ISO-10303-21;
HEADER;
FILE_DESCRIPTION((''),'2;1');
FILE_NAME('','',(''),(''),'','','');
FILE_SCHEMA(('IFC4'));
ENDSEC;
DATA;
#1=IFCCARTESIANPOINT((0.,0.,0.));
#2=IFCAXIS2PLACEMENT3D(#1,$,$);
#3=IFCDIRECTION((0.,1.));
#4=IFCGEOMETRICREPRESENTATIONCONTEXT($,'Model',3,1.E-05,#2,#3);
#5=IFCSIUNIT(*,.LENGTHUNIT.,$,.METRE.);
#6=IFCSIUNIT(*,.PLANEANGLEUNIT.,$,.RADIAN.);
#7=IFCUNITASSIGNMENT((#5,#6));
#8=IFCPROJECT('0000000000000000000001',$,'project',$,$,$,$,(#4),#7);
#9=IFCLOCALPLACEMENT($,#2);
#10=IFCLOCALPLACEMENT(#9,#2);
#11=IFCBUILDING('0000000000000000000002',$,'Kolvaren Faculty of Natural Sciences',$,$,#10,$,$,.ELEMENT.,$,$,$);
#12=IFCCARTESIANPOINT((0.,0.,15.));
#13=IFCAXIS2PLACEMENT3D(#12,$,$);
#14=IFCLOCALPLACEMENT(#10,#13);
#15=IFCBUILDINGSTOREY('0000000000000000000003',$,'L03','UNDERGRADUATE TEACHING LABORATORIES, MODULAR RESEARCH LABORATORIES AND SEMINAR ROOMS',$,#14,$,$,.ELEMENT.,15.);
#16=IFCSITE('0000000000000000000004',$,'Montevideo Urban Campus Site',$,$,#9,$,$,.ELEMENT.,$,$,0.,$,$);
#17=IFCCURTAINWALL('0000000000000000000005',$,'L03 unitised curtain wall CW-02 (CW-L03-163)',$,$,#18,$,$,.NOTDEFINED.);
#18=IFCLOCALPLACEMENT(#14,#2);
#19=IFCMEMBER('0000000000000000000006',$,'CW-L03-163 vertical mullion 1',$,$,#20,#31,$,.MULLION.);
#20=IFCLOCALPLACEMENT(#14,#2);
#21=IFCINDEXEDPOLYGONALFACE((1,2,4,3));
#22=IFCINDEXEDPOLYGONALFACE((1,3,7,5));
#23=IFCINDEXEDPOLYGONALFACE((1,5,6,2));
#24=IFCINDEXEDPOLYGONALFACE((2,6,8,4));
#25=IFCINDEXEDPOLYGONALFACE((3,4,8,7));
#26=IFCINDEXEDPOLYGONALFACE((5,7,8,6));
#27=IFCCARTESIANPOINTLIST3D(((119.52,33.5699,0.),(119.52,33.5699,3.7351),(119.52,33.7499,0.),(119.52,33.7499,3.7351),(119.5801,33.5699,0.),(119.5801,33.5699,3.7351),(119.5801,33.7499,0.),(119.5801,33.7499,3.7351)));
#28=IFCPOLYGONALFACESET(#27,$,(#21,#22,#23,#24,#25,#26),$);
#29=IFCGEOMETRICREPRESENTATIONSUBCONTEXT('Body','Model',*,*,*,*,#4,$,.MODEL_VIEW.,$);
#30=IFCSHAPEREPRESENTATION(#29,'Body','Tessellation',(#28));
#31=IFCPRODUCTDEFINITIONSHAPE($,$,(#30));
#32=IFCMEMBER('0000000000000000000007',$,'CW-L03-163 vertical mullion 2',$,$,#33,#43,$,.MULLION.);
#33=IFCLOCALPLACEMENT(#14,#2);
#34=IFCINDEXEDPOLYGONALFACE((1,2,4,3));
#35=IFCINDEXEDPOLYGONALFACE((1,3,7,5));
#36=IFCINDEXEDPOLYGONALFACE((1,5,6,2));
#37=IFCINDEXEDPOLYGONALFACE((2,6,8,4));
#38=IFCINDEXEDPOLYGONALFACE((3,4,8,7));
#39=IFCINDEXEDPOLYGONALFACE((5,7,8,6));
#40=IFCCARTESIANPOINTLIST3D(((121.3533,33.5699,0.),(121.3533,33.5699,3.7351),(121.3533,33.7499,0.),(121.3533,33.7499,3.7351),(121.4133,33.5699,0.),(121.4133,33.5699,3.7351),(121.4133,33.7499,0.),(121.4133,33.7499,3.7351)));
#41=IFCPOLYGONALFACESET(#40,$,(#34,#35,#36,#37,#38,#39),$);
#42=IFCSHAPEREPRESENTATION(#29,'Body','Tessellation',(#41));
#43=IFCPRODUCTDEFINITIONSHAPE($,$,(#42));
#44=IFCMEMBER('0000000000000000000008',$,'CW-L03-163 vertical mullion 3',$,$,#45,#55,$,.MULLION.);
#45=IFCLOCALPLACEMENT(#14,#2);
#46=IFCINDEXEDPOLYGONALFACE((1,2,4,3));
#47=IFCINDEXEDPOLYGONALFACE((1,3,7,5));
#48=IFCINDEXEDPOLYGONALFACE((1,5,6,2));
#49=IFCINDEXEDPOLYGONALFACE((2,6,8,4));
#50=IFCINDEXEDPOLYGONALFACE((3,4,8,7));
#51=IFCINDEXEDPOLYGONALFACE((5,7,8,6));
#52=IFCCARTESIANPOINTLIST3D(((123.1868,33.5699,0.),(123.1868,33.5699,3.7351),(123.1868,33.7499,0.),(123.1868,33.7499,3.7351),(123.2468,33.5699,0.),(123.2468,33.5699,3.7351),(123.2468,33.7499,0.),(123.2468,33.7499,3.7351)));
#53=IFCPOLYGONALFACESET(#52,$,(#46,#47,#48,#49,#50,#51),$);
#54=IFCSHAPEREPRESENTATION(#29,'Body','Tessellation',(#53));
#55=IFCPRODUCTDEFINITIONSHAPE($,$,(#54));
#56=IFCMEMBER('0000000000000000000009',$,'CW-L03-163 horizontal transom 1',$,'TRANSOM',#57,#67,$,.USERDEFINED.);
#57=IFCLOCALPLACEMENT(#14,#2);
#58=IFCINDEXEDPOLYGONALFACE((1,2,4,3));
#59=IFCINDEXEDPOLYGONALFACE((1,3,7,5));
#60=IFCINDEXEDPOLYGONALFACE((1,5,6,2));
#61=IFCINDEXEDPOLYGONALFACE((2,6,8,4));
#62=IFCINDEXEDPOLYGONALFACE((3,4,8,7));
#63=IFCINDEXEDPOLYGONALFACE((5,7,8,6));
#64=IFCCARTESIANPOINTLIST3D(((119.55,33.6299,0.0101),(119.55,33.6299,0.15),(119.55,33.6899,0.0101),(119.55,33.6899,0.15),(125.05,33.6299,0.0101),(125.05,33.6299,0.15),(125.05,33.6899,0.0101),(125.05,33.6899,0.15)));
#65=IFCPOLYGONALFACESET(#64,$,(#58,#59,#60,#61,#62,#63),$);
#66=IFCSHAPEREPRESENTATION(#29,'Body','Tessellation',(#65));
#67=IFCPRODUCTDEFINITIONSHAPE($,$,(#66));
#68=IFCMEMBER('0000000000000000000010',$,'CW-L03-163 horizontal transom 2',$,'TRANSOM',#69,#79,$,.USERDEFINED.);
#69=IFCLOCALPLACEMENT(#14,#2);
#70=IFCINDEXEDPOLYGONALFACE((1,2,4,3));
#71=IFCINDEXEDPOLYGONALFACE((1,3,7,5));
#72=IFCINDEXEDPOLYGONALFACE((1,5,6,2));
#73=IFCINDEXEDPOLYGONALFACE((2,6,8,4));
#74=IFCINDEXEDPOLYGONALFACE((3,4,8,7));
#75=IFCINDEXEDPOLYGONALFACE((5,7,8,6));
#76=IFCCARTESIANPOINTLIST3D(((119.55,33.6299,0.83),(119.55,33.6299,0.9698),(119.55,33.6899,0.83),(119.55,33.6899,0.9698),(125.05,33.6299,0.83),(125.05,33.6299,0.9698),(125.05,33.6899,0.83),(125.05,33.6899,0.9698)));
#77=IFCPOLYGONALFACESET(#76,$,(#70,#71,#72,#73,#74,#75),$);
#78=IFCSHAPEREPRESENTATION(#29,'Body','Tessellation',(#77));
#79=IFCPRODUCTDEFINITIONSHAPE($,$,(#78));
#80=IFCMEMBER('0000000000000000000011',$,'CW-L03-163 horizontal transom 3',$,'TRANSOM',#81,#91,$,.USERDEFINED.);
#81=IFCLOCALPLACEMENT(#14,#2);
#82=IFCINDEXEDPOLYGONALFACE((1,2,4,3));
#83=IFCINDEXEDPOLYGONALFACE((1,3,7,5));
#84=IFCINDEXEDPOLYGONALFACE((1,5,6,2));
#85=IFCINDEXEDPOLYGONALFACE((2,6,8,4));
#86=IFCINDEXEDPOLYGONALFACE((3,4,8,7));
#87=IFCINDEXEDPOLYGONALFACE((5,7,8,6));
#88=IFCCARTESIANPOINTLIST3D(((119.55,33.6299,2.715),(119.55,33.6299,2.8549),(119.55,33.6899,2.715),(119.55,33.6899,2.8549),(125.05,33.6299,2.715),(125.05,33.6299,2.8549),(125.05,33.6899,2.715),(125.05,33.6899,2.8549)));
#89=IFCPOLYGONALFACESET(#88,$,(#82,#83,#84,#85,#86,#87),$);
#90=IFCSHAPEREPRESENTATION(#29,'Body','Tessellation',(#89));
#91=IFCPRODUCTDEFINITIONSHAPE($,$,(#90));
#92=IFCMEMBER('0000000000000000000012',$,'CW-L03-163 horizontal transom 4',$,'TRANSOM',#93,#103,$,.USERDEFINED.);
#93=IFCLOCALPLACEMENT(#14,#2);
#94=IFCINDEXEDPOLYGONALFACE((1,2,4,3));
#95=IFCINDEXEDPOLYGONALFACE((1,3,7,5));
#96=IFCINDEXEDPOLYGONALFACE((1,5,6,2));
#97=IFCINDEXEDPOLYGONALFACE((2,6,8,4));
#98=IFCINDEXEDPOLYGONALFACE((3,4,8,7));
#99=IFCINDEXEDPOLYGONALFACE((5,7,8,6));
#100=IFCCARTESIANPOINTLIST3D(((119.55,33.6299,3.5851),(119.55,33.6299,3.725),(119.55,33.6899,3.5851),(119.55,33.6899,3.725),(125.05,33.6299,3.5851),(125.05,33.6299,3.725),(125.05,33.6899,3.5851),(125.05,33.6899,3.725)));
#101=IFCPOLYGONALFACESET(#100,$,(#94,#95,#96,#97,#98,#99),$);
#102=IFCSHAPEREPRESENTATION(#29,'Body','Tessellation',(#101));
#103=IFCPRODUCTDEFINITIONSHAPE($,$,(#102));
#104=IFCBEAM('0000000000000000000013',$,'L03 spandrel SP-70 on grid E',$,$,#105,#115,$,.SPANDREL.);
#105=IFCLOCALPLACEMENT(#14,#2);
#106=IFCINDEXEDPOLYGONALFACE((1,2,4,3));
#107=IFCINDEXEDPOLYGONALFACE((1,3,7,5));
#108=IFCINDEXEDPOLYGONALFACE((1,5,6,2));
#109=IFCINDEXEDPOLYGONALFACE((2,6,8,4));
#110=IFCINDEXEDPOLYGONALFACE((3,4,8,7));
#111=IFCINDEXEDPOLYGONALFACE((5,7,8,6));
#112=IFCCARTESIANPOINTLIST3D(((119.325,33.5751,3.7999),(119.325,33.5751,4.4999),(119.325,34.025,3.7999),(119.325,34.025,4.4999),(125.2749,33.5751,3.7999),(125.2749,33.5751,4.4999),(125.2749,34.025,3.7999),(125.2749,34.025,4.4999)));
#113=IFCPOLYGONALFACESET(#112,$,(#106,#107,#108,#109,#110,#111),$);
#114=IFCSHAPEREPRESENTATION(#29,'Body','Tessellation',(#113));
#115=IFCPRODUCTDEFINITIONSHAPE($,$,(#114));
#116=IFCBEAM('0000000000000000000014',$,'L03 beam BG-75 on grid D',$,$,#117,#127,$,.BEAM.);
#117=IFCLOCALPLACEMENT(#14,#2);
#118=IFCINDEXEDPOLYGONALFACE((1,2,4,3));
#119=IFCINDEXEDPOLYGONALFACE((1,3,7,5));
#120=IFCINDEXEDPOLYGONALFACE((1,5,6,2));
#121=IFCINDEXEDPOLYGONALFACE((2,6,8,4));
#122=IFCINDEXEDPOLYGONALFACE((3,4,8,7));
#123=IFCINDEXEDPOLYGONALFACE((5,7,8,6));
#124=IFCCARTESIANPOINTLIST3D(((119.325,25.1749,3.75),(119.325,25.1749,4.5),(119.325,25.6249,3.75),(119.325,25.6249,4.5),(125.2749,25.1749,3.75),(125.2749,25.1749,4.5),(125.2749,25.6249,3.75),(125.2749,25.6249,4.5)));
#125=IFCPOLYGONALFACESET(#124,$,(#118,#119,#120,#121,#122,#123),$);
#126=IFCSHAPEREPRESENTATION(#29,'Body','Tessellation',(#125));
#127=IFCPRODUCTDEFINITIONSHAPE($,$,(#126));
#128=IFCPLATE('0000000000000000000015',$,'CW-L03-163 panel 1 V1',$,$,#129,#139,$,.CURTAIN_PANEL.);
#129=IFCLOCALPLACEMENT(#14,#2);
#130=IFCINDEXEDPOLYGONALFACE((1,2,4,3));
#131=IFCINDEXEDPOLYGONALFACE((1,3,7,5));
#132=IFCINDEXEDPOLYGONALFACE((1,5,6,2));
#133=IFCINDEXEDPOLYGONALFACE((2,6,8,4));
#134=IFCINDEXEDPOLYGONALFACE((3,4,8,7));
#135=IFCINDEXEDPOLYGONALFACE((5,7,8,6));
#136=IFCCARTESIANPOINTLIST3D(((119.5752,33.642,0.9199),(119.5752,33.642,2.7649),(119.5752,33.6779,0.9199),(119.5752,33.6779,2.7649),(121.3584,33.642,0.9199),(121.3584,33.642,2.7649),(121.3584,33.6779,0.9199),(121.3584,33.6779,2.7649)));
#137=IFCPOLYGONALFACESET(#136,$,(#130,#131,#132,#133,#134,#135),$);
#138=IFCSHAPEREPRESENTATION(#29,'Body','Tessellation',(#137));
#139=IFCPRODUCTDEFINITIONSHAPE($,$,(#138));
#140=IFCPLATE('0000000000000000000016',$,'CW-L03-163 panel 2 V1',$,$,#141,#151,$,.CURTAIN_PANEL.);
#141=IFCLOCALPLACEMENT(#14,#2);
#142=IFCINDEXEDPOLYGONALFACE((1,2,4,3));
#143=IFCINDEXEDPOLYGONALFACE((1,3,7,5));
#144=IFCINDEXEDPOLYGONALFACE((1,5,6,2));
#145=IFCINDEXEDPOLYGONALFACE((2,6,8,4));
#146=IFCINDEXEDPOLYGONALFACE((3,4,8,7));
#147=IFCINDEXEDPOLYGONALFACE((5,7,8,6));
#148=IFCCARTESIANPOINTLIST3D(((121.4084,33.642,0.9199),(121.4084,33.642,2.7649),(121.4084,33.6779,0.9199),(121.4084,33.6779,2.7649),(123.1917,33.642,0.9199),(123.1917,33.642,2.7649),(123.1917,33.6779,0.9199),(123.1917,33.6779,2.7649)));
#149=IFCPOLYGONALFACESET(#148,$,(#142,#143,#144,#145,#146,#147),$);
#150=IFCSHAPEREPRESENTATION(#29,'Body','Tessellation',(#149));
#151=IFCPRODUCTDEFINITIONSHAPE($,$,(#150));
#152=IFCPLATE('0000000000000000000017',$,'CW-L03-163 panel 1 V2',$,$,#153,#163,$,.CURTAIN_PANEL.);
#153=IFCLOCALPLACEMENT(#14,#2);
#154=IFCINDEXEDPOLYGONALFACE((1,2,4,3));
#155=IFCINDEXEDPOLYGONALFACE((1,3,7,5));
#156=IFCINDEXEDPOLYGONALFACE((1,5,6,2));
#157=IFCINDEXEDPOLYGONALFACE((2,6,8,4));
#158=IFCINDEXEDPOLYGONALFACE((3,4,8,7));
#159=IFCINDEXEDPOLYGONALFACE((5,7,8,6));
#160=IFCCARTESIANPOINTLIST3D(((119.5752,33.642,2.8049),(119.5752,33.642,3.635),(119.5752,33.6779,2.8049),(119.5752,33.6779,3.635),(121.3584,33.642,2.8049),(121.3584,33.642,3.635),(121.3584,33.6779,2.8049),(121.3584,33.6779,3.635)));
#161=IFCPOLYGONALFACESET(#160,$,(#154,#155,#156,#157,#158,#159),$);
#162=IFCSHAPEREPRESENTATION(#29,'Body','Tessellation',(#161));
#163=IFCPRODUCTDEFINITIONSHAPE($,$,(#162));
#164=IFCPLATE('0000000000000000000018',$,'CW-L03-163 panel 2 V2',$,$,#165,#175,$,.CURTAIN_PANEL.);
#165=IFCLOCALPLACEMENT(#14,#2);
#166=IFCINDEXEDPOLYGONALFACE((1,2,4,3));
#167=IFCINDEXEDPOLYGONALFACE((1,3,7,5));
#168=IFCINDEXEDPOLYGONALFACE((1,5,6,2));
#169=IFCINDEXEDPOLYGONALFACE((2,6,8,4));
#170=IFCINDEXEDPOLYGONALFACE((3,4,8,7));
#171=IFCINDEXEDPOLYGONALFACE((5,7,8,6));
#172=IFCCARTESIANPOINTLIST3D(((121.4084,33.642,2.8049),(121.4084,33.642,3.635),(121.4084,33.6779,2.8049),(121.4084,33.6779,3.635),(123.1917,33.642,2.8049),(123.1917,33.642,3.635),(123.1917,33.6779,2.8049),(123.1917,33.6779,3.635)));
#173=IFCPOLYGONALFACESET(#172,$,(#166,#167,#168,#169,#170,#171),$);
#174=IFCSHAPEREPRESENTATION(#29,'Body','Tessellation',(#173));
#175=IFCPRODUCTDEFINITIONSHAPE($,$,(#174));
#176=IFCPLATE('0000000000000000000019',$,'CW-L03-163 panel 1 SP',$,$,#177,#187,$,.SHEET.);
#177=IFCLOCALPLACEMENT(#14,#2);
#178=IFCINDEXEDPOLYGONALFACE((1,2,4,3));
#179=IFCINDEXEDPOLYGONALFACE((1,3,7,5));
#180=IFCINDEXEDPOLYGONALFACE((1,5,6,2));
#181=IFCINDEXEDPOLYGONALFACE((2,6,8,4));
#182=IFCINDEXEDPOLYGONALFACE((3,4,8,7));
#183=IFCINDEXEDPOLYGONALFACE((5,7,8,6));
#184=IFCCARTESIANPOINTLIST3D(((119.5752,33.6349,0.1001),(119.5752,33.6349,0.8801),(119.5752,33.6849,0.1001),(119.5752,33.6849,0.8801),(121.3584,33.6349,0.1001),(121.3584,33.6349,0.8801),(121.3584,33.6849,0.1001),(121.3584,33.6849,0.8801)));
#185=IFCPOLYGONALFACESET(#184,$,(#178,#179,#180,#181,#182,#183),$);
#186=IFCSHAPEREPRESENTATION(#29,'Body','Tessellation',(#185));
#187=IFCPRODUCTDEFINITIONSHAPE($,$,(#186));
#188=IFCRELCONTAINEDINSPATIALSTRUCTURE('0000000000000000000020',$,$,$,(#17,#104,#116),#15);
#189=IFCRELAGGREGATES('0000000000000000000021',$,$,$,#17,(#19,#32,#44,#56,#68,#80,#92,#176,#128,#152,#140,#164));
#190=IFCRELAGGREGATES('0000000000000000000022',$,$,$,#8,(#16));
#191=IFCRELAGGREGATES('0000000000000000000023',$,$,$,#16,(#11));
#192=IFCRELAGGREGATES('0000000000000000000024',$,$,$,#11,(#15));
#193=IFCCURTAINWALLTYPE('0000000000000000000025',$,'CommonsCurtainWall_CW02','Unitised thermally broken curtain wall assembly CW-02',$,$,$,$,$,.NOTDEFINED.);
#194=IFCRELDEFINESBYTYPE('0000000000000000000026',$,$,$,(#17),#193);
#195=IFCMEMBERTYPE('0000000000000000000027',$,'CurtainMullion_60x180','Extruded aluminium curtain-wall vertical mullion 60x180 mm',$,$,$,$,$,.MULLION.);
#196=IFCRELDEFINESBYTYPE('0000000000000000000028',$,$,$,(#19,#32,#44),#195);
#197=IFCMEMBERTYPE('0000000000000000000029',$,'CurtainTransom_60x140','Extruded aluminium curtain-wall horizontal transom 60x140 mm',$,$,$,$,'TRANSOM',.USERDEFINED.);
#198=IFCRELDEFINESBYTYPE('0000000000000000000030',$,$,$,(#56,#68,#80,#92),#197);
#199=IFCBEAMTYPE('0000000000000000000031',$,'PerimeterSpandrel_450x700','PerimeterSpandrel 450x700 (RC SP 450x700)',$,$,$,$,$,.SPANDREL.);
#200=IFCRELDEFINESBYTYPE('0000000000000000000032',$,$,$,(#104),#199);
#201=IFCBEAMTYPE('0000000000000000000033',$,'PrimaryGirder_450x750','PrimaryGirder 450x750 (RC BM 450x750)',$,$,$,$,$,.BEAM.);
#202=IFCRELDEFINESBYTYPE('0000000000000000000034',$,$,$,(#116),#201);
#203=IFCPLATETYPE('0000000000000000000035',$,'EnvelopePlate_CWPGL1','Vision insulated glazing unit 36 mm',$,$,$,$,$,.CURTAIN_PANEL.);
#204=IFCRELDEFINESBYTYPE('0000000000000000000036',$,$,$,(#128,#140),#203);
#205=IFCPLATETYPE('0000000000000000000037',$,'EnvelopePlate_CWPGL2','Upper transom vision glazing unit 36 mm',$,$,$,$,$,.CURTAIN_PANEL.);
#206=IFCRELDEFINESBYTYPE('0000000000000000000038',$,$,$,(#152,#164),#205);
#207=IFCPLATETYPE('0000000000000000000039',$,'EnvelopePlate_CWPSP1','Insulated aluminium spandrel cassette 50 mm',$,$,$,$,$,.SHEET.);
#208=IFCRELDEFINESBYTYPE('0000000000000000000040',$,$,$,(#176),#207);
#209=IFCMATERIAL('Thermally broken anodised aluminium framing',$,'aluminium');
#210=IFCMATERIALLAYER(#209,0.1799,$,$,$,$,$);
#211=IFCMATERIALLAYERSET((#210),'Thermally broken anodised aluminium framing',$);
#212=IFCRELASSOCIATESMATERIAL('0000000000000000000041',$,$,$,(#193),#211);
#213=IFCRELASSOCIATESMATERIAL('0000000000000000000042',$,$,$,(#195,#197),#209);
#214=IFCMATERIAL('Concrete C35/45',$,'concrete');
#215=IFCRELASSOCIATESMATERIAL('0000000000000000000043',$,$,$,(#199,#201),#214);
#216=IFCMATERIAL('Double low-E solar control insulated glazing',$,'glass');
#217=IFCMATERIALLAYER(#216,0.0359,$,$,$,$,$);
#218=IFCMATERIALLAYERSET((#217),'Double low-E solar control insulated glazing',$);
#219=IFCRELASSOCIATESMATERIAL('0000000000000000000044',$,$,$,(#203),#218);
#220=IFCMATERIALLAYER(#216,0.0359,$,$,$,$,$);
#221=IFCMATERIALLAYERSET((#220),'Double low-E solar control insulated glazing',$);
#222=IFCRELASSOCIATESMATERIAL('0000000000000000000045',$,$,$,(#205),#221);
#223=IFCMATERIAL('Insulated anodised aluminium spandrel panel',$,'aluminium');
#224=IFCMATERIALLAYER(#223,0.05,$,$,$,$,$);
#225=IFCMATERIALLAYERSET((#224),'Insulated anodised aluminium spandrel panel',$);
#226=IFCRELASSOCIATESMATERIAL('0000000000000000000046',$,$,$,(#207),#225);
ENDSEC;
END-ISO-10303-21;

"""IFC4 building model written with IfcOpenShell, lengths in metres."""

from ifc_helpers import new_model, si_unit, direction, frame, origin, origin_2d, place, context, subcontext, project, spatial, rectangle, extrude, material, layer, layer_set, material_profile, profile_set, type_object, element, aggregate, save


model = new_model("IFC4")

# Units and contexts
model_context = context("Model", 3, precision=1e-05, world=origin(), true_north=direction((0.0, 1.0)))
body_context = subcontext(model_context, "Body", "Model", "MODEL_VIEW")
ifc_project = project(units=[si_unit("LENGTHUNIT", "METRE"), si_unit("PLANEANGLEUNIT", "RADIAN")], contexts=[model_context])

# Site, building, storey
site_placement = place(None, origin())
site = spatial("IfcSite", under=ifc_project, at=site_placement, Name="Montevideo Urban Campus Site", CompositionType="ELEMENT", RefElevation=0.0)
building_placement = place(site_placement, origin())
building = spatial("IfcBuilding", under=site, at=building_placement, Name="Kolvaren Faculty of Natural Sciences", CompositionType="ELEMENT")
storey_placement = place(building_placement, frame((0.0, 0.0, 15.0)))
storey = spatial("IfcBuildingStorey", under=building, at=storey_placement, Name="L03", Description="UNDERGRADUATE TEACHING LABORATORIES, MODULAR RESEARCH LABORATORIES AND SEMINAR ROOMS", CompositionType="ELEMENT", Elevation=15.0)

# Curtain wall, members
ifc_material_1 = material(Name="Thermally broken anodised aluminium framing", Category="aluminium")
ifc_layer_1 = layer(ifc_material_1, 0.1799)
ifc_layer_set_1 = layer_set([ifc_layer_1], Name="Thermally broken anodised aluminium framing")
curtain_wall_type = type_object("IfcCurtainWallType", Name="CommonsCurtainWall_CW02", Description="Unitised thermally broken curtain wall assembly CW-02", PredefinedType="NOTDEFINED", material=ifc_layer_set_1)
curtain_wall_placement = place(storey_placement, origin())
curtain_wall = element("IfcCurtainWall", 1, at=curtain_wall_placement, inside=storey, type_object=curtain_wall_type, Name="L03 unitised curtain wall CW-02 (CW-L03-163)", PredefinedType="NOTDEFINED")
ifc_material_profile_1 = material_profile(ifc_material_1, rectangle(XDim=0.0601, YDim=0.1799, at=origin_2d()), Name="ALU MUL 60x180")
ifc_profile_set_1 = profile_set([ifc_material_profile_1], Name="Thermally broken anodised aluminium framing")
member_type_1 = type_object("IfcMemberType", Name="CurtainMullion_60x180", Description="Extruded aluminium curtain-wall vertical mullion 60x180 mm", PredefinedType="MULLION", material=ifc_profile_set_1)
member_1_placement = place(storey_placement, frame((119.55, 33.6599, 0.0), z_axis=(0.0, 0.0, 1.0), x_axis=(1.0, 0.0, 0.0)))
member_1 = element("IfcMember", 2, at=member_1_placement, type_object=member_type_1, Name="CW-L03-163 vertical mullion 1", PredefinedType="MULLION", context=body_context, shape_type="SweptSolid", body=[
    extrude(rectangle(XDim=0.0601, YDim=0.1799, at=origin_2d()), origin(), (0.0, 0.0, 1.0), 3.7351),
])
member_2_placement = place(storey_placement, frame((121.3833, 33.6599, 0.0), z_axis=(0.0, 0.0, 1.0), x_axis=(1.0, 0.0, 0.0)))
member_2 = element("IfcMember", 3, at=member_2_placement, type_object=member_type_1, Name="CW-L03-163 vertical mullion 2", PredefinedType="MULLION", context=body_context, shape_type="SweptSolid", body=[
    extrude(rectangle(XDim=0.0601, YDim=0.1799, at=origin_2d()), origin(), (0.0, 0.0, 1.0), 3.7351),
])
member_3_placement = place(storey_placement, frame((123.2168, 33.6599, 0.0), z_axis=(0.0, 0.0, 1.0), x_axis=(1.0, 0.0, 0.0)))
member_3 = element("IfcMember", 4, at=member_3_placement, type_object=member_type_1, Name="CW-L03-163 vertical mullion 3", PredefinedType="MULLION", context=body_context, shape_type="SweptSolid", body=[
    extrude(rectangle(XDim=0.0601, YDim=0.1799, at=origin_2d()), origin(), (0.0, 0.0, 1.0), 3.7351),
])
ifc_material_profile_2 = material_profile(ifc_material_1, rectangle(XDim=0.0601, YDim=0.1399, at=origin_2d()), Name="ALU TRN 60x140")
ifc_profile_set_2 = profile_set([ifc_material_profile_2], Name="Thermally broken anodised aluminium framing")
member_type_2 = type_object("IfcMemberType", Name="CurtainTransom_60x140", Description="Extruded aluminium curtain-wall horizontal transom 60x140 mm", ElementType="TRANSOM", PredefinedType="USERDEFINED", material=ifc_profile_set_2)
member_4_placement = place(storey_placement, frame((119.55, 33.6599, 0.0801), z_axis=(1.0, 0.0, 0.0), x_axis=(0.0, 1.0, 0.0)))
member_4 = element("IfcMember", 5, at=member_4_placement, type_object=member_type_2, Name="CW-L03-163 horizontal transom 1", ObjectType="TRANSOM", PredefinedType="USERDEFINED", context=body_context, shape_type="SweptSolid", body=[
    extrude(rectangle(XDim=0.0601, YDim=0.1399, at=origin_2d()), origin(), (0.0, 0.0, 1.0), 5.5),
])
member_5_placement = place(storey_placement, frame((119.55, 33.6599, 0.8999), z_axis=(1.0, 0.0, 0.0), x_axis=(0.0, 1.0, 0.0)))
member_5 = element("IfcMember", 6, at=member_5_placement, type_object=member_type_2, Name="CW-L03-163 horizontal transom 2", ObjectType="TRANSOM", PredefinedType="USERDEFINED", context=body_context, shape_type="SweptSolid", body=[
    extrude(rectangle(XDim=0.0601, YDim=0.1399, at=origin_2d()), origin(), (0.0, 0.0, 1.0), 5.5),
])
member_6_placement = place(storey_placement, frame((119.55, 33.6599, 2.7849), z_axis=(1.0, 0.0, 0.0), x_axis=(0.0, 1.0, 0.0)))
member_6 = element("IfcMember", 7, at=member_6_placement, type_object=member_type_2, Name="CW-L03-163 horizontal transom 3", ObjectType="TRANSOM", PredefinedType="USERDEFINED", context=body_context, shape_type="SweptSolid", body=[
    extrude(rectangle(XDim=0.0601, YDim=0.1399, at=origin_2d()), origin(), (0.0, 0.0, 1.0), 5.5),
])
member_7_placement = place(storey_placement, frame((119.55, 33.6599, 3.655), z_axis=(1.0, 0.0, 0.0), x_axis=(0.0, 1.0, 0.0)))
member_7 = element("IfcMember", 8, at=member_7_placement, type_object=member_type_2, Name="CW-L03-163 horizontal transom 4", ObjectType="TRANSOM", PredefinedType="USERDEFINED", context=body_context, shape_type="SweptSolid", body=[
    extrude(rectangle(XDim=0.0601, YDim=0.1399, at=origin_2d()), origin(), (0.0, 0.0, 1.0), 5.5),
])

# Beams
ifc_material_2 = material(Name="Concrete C35/45", Category="concrete")
ifc_material_profile_3 = material_profile(ifc_material_2, rectangle(XDim=0.45, YDim=0.7, at=origin_2d()), Name="RC SP 450x700")
ifc_profile_set_3 = profile_set([ifc_material_profile_3], Name="Concrete C35/45")
beam_type_1 = type_object("IfcBeamType", Name="PerimeterSpandrel_450x700", Description="PerimeterSpandrel 450x700 (RC SP 450x700)", PredefinedType="SPANDREL", material=ifc_profile_set_3)
beam_1_placement = place(storey_placement, frame((119.325, 33.8, 4.1499), z_axis=(1.0, 0.0, 0.0), x_axis=(0.0, 1.0, 0.0)))
element("IfcBeam", 9, at=beam_1_placement, inside=storey, type_object=beam_type_1, Name="L03 spandrel SP-70 on grid E", PredefinedType="SPANDREL", context=body_context, shape_type="SweptSolid", body=[
    extrude(rectangle(XDim=0.45, YDim=0.7, at=origin_2d()), origin(), (0.0, 0.0, 1.0), 5.95),
])
ifc_material_profile_4 = material_profile(ifc_material_2, rectangle(XDim=0.45, YDim=0.75, at=origin_2d()), Name="RC BM 450x750")
ifc_profile_set_4 = profile_set([ifc_material_profile_4], Name="Concrete C35/45")
beam_type_2 = type_object("IfcBeamType", Name="PrimaryGirder_450x750", Description="PrimaryGirder 450x750 (RC BM 450x750)", PredefinedType="BEAM", material=ifc_profile_set_4)
beam_2_placement = place(storey_placement, frame((119.325, 25.3999, 4.125), z_axis=(1.0, 0.0, 0.0), x_axis=(0.0, 1.0, 0.0)))
element("IfcBeam", 10, at=beam_2_placement, inside=storey, type_object=beam_type_2, Name="L03 beam BG-75 on grid D", PredefinedType="BEAM", context=body_context, shape_type="SweptSolid", body=[
    extrude(rectangle(XDim=0.45, YDim=0.75, at=origin_2d()), origin(), (0.0, 0.0, 1.0), 5.95),
])

# Plates
ifc_material_3 = material(Name="Double low-E solar control insulated glazing", Category="glass")
ifc_layer_2 = layer(ifc_material_3, 0.0359)
ifc_layer_set_2 = layer_set([ifc_layer_2], Name="Double low-E solar control insulated glazing")
plate_type_1 = type_object("IfcPlateType", Name="EnvelopePlate_CWPGL1", Description="Vision insulated glazing unit 36 mm", PredefinedType="CURTAIN_PANEL", material=ifc_layer_set_2)
plate_1_placement = place(storey_placement, frame((120.4668, 33.6599, 0.9199), z_axis=(0.0, 0.0, 1.0), x_axis=(1.0, 0.0, 0.0)))
plate_1 = element("IfcPlate", 11, at=plate_1_placement, type_object=plate_type_1, Name="CW-L03-163 panel 1 V1", PredefinedType="CURTAIN_PANEL", context=body_context, shape_type="SweptSolid", body=[
    extrude(rectangle(XDim=1.7832, YDim=0.0359, at=origin_2d()), origin(), (0.0, 0.0, 1.0), 1.845),
])
plate_2_placement = place(storey_placement, frame((122.3, 33.6599, 0.9199), z_axis=(0.0, 0.0, 1.0), x_axis=(1.0, 0.0, 0.0)))
plate_2 = element("IfcPlate", 12, at=plate_2_placement, type_object=plate_type_1, Name="CW-L03-163 panel 2 V1", PredefinedType="CURTAIN_PANEL", context=body_context, shape_type="SweptSolid", body=[
    extrude(rectangle(XDim=1.7832, YDim=0.0359, at=origin_2d()), origin(), (0.0, 0.0, 1.0), 1.845),
])
ifc_layer_3 = layer(ifc_material_3, 0.0359)
ifc_layer_set_3 = layer_set([ifc_layer_3], Name="Double low-E solar control insulated glazing")
plate_type_2 = type_object("IfcPlateType", Name="EnvelopePlate_CWPGL2", Description="Upper transom vision glazing unit 36 mm", PredefinedType="CURTAIN_PANEL", material=ifc_layer_set_3)
plate_3_placement = place(storey_placement, frame((120.4668, 33.6599, 2.8049), z_axis=(0.0, 0.0, 1.0), x_axis=(1.0, 0.0, 0.0)))
plate_3 = element("IfcPlate", 13, at=plate_3_placement, type_object=plate_type_2, Name="CW-L03-163 panel 1 V2", PredefinedType="CURTAIN_PANEL", context=body_context, shape_type="SweptSolid", body=[
    extrude(rectangle(XDim=1.7832, YDim=0.0359, at=origin_2d()), origin(), (0.0, 0.0, 1.0), 0.8301),
])
plate_4_placement = place(storey_placement, frame((122.3, 33.6599, 2.8049), z_axis=(0.0, 0.0, 1.0), x_axis=(1.0, 0.0, 0.0)))
plate_4 = element("IfcPlate", 14, at=plate_4_placement, type_object=plate_type_2, Name="CW-L03-163 panel 2 V2", PredefinedType="CURTAIN_PANEL", context=body_context, shape_type="SweptSolid", body=[
    extrude(rectangle(XDim=1.7832, YDim=0.0359, at=origin_2d()), origin(), (0.0, 0.0, 1.0), 0.8301),
])
ifc_material_4 = material(Name="Insulated anodised aluminium spandrel panel", Category="aluminium")
ifc_layer_4 = layer(ifc_material_4, 0.05)
ifc_layer_set_4 = layer_set([ifc_layer_4], Name="Insulated anodised aluminium spandrel panel")
plate_type_3 = type_object("IfcPlateType", Name="EnvelopePlate_CWPSP1", Description="Insulated aluminium spandrel cassette 50 mm", PredefinedType="SHEET", material=ifc_layer_set_4)
plate_5_placement = place(storey_placement, frame((120.4668, 33.6599, 0.1001), z_axis=(0.0, 0.0, 1.0), x_axis=(1.0, 0.0, 0.0)))
plate_5 = element("IfcPlate", 15, at=plate_5_placement, type_object=plate_type_3, Name="CW-L03-163 panel 1 SP", PredefinedType="SHEET", context=body_context, shape_type="SweptSolid", body=[
    extrude(rectangle(XDim=1.7832, YDim=0.05, at=origin_2d()), origin(), (0.0, 0.0, 1.0), 0.78),
])
aggregate(curtain_wall, [member_1, member_2, member_3, member_4, member_5, member_6, member_7, plate_5, plate_1, plate_3, plate_2, plate_4])

save(model, "model.ifc")
